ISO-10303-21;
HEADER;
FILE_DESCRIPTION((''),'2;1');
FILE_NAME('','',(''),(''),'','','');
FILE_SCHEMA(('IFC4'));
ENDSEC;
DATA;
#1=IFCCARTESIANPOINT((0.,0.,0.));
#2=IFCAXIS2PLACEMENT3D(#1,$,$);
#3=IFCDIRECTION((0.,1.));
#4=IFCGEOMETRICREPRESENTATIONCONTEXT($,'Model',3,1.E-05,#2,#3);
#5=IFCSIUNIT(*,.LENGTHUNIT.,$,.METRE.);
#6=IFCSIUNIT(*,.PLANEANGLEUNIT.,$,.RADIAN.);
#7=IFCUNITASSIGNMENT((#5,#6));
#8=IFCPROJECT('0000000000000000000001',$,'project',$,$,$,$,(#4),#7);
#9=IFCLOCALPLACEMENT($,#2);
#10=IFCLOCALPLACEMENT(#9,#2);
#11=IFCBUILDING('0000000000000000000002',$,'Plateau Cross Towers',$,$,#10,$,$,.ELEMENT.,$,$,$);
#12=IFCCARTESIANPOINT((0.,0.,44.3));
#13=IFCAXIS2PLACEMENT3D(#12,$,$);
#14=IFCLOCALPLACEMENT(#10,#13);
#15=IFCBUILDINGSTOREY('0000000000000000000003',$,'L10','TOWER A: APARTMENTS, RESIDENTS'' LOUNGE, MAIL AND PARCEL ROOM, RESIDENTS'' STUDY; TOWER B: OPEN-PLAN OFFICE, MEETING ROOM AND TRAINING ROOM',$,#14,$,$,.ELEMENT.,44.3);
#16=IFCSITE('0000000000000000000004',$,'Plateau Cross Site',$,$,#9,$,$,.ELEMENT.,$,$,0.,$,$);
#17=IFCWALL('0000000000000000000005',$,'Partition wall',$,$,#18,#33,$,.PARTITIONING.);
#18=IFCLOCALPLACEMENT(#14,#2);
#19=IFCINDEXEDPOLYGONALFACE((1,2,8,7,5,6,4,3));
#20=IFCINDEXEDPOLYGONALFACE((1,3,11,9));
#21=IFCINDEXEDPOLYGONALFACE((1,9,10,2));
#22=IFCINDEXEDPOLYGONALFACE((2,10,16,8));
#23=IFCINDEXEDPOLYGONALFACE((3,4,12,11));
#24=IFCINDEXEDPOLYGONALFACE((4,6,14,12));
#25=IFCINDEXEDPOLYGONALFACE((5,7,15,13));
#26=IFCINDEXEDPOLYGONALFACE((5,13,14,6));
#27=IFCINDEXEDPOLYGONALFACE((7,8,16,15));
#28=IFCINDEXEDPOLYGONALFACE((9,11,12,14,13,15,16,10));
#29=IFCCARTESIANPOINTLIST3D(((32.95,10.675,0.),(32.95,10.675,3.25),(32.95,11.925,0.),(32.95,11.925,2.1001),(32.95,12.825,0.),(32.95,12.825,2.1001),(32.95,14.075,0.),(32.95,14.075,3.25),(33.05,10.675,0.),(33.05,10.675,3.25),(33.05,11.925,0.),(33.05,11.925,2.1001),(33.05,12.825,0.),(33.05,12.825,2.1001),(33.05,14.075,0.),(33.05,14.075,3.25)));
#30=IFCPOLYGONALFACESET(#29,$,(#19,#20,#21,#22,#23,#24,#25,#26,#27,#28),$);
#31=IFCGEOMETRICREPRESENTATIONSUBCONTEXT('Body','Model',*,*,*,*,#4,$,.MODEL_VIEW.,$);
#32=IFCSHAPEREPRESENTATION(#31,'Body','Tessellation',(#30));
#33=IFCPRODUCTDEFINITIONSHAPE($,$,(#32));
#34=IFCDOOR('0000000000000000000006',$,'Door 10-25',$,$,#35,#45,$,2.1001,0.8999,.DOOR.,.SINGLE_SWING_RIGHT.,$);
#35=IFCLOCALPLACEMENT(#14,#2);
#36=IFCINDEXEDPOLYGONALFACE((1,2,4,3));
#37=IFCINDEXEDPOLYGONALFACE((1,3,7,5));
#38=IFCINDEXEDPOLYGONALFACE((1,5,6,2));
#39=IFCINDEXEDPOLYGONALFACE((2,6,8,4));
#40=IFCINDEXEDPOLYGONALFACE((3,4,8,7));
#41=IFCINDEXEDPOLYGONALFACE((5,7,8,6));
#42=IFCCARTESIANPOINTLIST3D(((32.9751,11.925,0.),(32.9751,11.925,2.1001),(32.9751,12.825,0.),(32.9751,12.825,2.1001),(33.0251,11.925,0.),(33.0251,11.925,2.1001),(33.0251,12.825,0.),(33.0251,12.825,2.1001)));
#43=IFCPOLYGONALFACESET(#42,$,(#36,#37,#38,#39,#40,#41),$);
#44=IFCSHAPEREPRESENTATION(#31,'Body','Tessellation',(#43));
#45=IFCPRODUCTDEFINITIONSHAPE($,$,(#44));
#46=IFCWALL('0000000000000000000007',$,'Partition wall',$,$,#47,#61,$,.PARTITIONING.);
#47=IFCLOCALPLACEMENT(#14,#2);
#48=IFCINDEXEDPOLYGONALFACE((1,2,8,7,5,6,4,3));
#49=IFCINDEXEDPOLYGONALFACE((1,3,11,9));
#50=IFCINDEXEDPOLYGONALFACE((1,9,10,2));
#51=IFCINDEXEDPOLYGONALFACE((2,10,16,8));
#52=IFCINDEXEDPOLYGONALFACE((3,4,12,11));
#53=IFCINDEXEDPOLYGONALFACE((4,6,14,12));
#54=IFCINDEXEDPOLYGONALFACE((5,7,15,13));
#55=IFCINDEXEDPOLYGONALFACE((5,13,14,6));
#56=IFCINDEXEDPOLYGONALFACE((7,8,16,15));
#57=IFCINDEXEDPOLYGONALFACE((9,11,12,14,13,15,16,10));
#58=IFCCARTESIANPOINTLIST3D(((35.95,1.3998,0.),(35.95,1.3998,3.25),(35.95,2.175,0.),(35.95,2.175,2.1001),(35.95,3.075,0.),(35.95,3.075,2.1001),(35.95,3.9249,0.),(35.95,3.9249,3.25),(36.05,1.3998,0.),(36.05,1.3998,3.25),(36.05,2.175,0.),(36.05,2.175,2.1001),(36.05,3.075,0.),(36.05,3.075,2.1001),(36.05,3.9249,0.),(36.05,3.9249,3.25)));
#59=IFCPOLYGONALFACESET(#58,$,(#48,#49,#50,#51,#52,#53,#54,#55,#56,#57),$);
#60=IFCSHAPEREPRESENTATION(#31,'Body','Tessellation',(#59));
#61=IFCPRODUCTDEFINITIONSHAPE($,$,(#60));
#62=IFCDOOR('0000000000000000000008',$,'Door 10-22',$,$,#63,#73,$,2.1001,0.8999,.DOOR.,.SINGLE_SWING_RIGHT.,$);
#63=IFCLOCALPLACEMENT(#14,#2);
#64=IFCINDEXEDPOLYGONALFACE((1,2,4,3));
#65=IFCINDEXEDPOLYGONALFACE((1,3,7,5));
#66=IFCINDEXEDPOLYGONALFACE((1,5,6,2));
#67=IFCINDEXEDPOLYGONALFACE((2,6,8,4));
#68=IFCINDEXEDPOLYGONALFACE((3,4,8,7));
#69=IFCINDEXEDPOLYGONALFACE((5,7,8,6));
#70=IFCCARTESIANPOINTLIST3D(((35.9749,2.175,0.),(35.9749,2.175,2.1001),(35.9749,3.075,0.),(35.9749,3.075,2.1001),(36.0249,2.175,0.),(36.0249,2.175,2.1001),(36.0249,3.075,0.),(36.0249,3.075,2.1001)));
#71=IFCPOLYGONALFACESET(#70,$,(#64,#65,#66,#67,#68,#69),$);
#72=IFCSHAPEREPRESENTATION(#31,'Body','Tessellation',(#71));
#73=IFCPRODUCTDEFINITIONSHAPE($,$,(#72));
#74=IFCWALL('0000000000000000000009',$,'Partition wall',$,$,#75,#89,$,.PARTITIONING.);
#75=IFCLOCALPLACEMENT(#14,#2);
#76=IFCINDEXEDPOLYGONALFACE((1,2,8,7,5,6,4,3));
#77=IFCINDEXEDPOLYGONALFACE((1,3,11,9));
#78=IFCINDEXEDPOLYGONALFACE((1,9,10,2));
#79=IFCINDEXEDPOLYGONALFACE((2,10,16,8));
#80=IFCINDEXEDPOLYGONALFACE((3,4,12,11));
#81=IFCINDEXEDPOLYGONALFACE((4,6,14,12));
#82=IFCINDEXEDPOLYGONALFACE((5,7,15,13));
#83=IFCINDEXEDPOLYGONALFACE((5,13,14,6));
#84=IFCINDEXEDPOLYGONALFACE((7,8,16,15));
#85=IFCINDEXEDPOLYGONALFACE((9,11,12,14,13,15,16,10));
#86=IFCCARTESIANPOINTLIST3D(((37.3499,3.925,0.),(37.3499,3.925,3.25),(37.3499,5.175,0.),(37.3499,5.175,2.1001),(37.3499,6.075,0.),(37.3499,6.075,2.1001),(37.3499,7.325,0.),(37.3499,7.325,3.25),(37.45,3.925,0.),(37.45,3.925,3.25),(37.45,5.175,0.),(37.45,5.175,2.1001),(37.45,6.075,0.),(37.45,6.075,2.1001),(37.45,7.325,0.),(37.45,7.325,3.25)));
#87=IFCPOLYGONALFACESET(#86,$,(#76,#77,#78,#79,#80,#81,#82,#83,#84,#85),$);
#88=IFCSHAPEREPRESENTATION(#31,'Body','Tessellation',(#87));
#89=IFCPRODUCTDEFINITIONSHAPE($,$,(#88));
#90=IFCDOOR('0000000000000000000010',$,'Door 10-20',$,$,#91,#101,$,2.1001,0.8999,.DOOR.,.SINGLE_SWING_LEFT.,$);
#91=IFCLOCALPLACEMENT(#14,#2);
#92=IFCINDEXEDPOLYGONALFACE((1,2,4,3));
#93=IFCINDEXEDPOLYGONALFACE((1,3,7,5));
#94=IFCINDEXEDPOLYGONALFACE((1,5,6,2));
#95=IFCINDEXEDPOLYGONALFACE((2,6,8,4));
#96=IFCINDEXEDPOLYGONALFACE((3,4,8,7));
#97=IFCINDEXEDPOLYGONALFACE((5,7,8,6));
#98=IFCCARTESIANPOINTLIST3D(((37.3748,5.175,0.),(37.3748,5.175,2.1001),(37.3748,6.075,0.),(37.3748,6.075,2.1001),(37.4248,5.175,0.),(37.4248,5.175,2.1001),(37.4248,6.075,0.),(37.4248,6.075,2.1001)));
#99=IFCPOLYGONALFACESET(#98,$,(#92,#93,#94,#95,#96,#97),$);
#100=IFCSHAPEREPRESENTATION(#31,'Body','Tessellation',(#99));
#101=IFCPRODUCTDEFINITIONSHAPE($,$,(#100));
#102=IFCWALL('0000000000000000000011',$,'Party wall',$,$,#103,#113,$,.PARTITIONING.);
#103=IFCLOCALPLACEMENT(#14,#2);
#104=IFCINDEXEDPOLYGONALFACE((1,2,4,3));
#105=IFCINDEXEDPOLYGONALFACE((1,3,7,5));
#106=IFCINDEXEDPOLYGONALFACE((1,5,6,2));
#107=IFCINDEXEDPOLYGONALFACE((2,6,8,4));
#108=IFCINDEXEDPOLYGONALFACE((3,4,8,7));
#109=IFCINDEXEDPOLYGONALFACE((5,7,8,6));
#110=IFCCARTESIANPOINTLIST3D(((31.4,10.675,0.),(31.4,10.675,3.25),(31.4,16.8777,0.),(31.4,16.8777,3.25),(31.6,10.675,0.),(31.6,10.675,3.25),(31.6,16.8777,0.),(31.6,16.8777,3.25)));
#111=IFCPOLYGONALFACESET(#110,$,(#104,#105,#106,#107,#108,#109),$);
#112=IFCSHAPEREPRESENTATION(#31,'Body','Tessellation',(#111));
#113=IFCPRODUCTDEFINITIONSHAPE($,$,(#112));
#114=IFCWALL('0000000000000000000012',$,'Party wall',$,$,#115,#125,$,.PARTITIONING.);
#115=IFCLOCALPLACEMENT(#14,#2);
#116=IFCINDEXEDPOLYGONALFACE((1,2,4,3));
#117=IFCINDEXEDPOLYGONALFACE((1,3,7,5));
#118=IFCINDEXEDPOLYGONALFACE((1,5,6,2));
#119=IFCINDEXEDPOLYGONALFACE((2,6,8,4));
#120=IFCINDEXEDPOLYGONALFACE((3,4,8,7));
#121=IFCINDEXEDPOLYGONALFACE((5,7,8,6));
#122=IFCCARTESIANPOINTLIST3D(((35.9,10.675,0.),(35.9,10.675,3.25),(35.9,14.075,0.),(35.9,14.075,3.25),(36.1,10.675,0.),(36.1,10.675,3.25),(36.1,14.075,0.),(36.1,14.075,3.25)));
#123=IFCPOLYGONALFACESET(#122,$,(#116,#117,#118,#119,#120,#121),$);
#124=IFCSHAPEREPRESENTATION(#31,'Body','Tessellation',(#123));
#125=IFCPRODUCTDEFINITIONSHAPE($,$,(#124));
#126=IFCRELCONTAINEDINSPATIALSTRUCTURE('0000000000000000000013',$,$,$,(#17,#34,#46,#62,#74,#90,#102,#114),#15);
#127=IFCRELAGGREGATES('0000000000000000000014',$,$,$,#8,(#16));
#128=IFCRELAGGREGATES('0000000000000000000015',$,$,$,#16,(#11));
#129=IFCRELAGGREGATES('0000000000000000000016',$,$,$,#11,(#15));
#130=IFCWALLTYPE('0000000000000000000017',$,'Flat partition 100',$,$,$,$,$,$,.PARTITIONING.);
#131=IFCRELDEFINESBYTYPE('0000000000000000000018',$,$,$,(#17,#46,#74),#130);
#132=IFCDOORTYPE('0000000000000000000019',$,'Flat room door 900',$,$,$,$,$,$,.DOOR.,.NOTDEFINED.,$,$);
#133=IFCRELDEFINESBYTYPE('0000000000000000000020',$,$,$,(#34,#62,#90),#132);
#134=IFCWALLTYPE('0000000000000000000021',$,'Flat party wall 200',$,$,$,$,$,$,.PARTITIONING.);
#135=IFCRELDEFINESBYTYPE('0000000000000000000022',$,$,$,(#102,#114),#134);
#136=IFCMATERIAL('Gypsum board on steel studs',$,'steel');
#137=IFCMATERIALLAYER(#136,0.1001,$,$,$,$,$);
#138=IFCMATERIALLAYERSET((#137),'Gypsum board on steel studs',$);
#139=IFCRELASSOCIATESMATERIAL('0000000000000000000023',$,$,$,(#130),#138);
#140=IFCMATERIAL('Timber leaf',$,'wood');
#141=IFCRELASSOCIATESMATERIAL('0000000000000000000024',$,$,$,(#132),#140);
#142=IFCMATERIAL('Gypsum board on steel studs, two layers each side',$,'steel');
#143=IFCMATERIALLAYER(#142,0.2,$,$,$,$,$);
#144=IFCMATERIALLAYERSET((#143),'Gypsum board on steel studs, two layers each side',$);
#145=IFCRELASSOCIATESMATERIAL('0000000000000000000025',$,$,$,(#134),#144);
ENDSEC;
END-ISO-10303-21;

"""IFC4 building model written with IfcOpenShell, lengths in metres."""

from ifc_helpers import new_model, si_unit, direction, frame, frame_2d, origin, place, context, subcontext, project, spatial, rectangle, extrude, material, layer, layer_set, type_object, element, fill, save


model = new_model("IFC4")

# Units and contexts
model_context = context("Model", 3, precision=1e-05, world=origin(), true_north=direction((0.0, 1.0)))
body_context = subcontext(model_context, "Body", "Model", "MODEL_VIEW")
ifc_project = project(units=[si_unit("LENGTHUNIT", "METRE"), si_unit("PLANEANGLEUNIT", "RADIAN")], contexts=[model_context])

# Site, building, storey
site_placement = place(None, origin())
site = spatial("IfcSite", under=ifc_project, at=site_placement, Name="Plateau Cross Site", CompositionType="ELEMENT", RefElevation=0.0)
building_placement = place(site_placement, origin())
building = spatial("IfcBuilding", under=site, at=building_placement, Name="Plateau Cross Towers", CompositionType="ELEMENT")
storey_placement = place(building_placement, frame((0.0, 0.0, 44.3)))
storey = spatial("IfcBuildingStorey", under=building, at=storey_placement, Name="L10", Description="TOWER A: APARTMENTS, RESIDENTS' LOUNGE, MAIL AND PARCEL ROOM, RESIDENTS' STUDY; TOWER B: OPEN-PLAN OFFICE, MEETING ROOM AND TRAINING ROOM", CompositionType="ELEMENT", Elevation=44.3)

# Shared definitions
ifc_material_1 = material(Name="Gypsum board on steel studs", Category="steel")
ifc_layer_1 = layer(ifc_material_1, 0.1001)
ifc_layer_set_1 = layer_set([ifc_layer_1], Name="Gypsum board on steel studs")
wall_type_1 = type_object("IfcWallType", Name="Flat partition 100", PredefinedType="PARTITIONING", material=ifc_layer_set_1)
ifc_material_2 = material(Name="Timber leaf", Category="wood")
door_type = type_object("IfcDoorType", Name="Flat room door 900", OperationType="NOTDEFINED", PredefinedType="DOOR", material=ifc_material_2)

# Walls, openings, doors
wall_1_placement = place(storey_placement, frame((33.0, 10.675, 0.0), z_axis=(0.0, 0.0, 1.0), x_axis=(0.0, 1.0, 0.0)))
wall_1 = element("IfcWall", 1, at=wall_1_placement, inside=storey, type_object=wall_type_1, Name="Partition wall", PredefinedType="PARTITIONING", context=body_context, shape_type="SweptSolid", body=[
    extrude(rectangle(XDim=3.3999, YDim=0.1001, at=frame_2d((1.7, 0.0))), origin(), (0.0, 0.0, 1.0), 3.25),
])
opening_1_placement = place(wall_1_placement, frame((1.25, 0.0, 0.0)))
opening_1 = element("IfcOpeningElement", 2, at=opening_1_placement, cuts=wall_1, PredefinedType="OPENING", context=body_context, shape_type="SweptSolid", body=[
    extrude(rectangle(XDim=0.8999, YDim=2.1001, at=frame_2d((0.45, 1.05))), frame((0.0, 0.0601, 0.0), z_axis=(0.0, -1.0, 0.0), x_axis=(1.0, 0.0, 0.0)), (0.0, 0.0, 1.0), 0.1201),
])
door_1_placement = place(opening_1_placement, origin())
door_1 = element("IfcDoor", 3, at=door_1_placement, inside=storey, type_object=door_type, Name="Door 10-25", OperationType="SINGLE_SWING_RIGHT", OverallHeight=2.1001, OverallWidth=0.8999, PredefinedType="DOOR", context=body_context, shape_type="SweptSolid", body=[
    extrude(rectangle(XDim=0.8999, YDim=2.1001, at=frame_2d((0.45, 1.05))), frame((0.0, 0.0249, 0.0), z_axis=(0.0, -1.0, 0.0), x_axis=(1.0, 0.0, 0.0)), (0.0, 0.0, 1.0), 0.05),
])
fill(opening_1, door_1)
wall_2_placement = place(storey_placement, frame((36.0, 3.925, 0.0), z_axis=(0.0, 0.0, 1.0), x_axis=(0.0, -1.0, 0.0)))
wall_2 = element("IfcWall", 4, at=wall_2_placement, inside=storey, type_object=wall_type_1, Name="Partition wall", PredefinedType="PARTITIONING", context=body_context, shape_type="SweptSolid", body=[
    extrude(rectangle(XDim=2.5251, YDim=0.1001, at=frame_2d((1.2627, 0.0))), origin(), (0.0, 0.0, 1.0), 3.25),
])
opening_2_placement = place(wall_2_placement, frame((0.8501, 0.0, 0.0)))
opening_2 = element("IfcOpeningElement", 5, at=opening_2_placement, cuts=wall_2, PredefinedType="OPENING", context=body_context, shape_type="SweptSolid", body=[
    extrude(rectangle(XDim=0.8999, YDim=2.1001, at=frame_2d((0.45, 1.05))), frame((0.0, 0.0601, 0.0), z_axis=(0.0, -1.0, 0.0), x_axis=(1.0, 0.0, 0.0)), (0.0, 0.0, 1.0), 0.1201),
])
door_2_placement = place(opening_2_placement, origin())
door_2 = element("IfcDoor", 6, at=door_2_placement, inside=storey, type_object=door_type, Name="Door 10-22", OperationType="SINGLE_SWING_RIGHT", OverallHeight=2.1001, OverallWidth=0.8999, PredefinedType="DOOR", context=body_context, shape_type="SweptSolid", body=[
    extrude(rectangle(XDim=0.8999, YDim=2.1001, at=frame_2d((0.45, 1.05))), frame((0.0, 0.0249, 0.0), z_axis=(0.0, -1.0, 0.0), x_axis=(1.0, 0.0, 0.0)), (0.0, 0.0, 1.0), 0.05),
])
fill(opening_2, door_2)
wall_3_placement = place(storey_placement, frame((37.3999, 7.325, 0.0), z_axis=(0.0, 0.0, 1.0), x_axis=(0.0, -1.0, 0.0)))
wall_3 = element("IfcWall", 7, at=wall_3_placement, inside=storey, type_object=wall_type_1, Name="Partition wall", PredefinedType="PARTITIONING", context=body_context, shape_type="SweptSolid", body=[
    extrude(rectangle(XDim=3.3999, YDim=0.1001, at=frame_2d((1.7, 0.0))), origin(), (0.0, 0.0, 1.0), 3.25),
])
opening_3_placement = place(wall_3_placement, frame((1.25, 0.0, 0.0)))
opening_3 = element("IfcOpeningElement", 8, at=opening_3_placement, cuts=wall_3, PredefinedType="OPENING", context=body_context, shape_type="SweptSolid", body=[
    extrude(rectangle(XDim=0.8999, YDim=2.1001, at=frame_2d((0.45, 1.05))), frame((0.0, 0.0601, 0.0), z_axis=(0.0, -1.0, 0.0), x_axis=(1.0, 0.0, 0.0)), (0.0, 0.0, 1.0), 0.1201),
])
door_3_placement = place(opening_3_placement, origin())
door_3 = element("IfcDoor", 9, at=door_3_placement, inside=storey, type_object=door_type, Name="Door 10-20", OperationType="SINGLE_SWING_LEFT", OverallHeight=2.1001, OverallWidth=0.8999, PredefinedType="DOOR", context=body_context, shape_type="SweptSolid", body=[
    extrude(rectangle(XDim=0.8999, YDim=2.1001, at=frame_2d((0.45, 1.05))), frame((0.0, 0.0249, 0.0), z_axis=(0.0, -1.0, 0.0), x_axis=(1.0, 0.0, 0.0)), (0.0, 0.0, 1.0), 0.05),
])
fill(opening_3, door_3)

# Walls
ifc_material_3 = material(Name="Gypsum board on steel studs, two layers each side", Category="steel")
ifc_layer_2 = layer(ifc_material_3, 0.2)
ifc_layer_set_2 = layer_set([ifc_layer_2], Name="Gypsum board on steel studs, two layers each side")
wall_type_2 = type_object("IfcWallType", Name="Flat party wall 200", PredefinedType="PARTITIONING", material=ifc_layer_set_2)
wall_4_placement = place(storey_placement, frame((31.5, 10.675, 0.0), z_axis=(0.0, 0.0, 1.0), x_axis=(0.0, 1.0, 0.0)))
element("IfcWall", 10, at=wall_4_placement, inside=storey, type_object=wall_type_2, Name="Party wall", PredefinedType="PARTITIONING", context=body_context, shape_type="SweptSolid", body=[
    extrude(rectangle(XDim=6.2026, YDim=0.2, at=frame_2d((3.1013, 0.0))), origin(), (0.0, 0.0, 1.0), 3.25),
])
wall_5_placement = place(storey_placement, frame((36.0, 10.675, 0.0), z_axis=(0.0, 0.0, 1.0), x_axis=(0.0, 1.0, 0.0)))
element("IfcWall", 11, at=wall_5_placement, inside=storey, type_object=wall_type_2, Name="Party wall", PredefinedType="PARTITIONING", context=body_context, shape_type="SweptSolid", body=[
    extrude(rectangle(XDim=3.3999, YDim=0.2, at=frame_2d((1.7, 0.0))), origin(), (0.0, 0.0, 1.0), 3.25),
])

save(model, "model.ifc")
